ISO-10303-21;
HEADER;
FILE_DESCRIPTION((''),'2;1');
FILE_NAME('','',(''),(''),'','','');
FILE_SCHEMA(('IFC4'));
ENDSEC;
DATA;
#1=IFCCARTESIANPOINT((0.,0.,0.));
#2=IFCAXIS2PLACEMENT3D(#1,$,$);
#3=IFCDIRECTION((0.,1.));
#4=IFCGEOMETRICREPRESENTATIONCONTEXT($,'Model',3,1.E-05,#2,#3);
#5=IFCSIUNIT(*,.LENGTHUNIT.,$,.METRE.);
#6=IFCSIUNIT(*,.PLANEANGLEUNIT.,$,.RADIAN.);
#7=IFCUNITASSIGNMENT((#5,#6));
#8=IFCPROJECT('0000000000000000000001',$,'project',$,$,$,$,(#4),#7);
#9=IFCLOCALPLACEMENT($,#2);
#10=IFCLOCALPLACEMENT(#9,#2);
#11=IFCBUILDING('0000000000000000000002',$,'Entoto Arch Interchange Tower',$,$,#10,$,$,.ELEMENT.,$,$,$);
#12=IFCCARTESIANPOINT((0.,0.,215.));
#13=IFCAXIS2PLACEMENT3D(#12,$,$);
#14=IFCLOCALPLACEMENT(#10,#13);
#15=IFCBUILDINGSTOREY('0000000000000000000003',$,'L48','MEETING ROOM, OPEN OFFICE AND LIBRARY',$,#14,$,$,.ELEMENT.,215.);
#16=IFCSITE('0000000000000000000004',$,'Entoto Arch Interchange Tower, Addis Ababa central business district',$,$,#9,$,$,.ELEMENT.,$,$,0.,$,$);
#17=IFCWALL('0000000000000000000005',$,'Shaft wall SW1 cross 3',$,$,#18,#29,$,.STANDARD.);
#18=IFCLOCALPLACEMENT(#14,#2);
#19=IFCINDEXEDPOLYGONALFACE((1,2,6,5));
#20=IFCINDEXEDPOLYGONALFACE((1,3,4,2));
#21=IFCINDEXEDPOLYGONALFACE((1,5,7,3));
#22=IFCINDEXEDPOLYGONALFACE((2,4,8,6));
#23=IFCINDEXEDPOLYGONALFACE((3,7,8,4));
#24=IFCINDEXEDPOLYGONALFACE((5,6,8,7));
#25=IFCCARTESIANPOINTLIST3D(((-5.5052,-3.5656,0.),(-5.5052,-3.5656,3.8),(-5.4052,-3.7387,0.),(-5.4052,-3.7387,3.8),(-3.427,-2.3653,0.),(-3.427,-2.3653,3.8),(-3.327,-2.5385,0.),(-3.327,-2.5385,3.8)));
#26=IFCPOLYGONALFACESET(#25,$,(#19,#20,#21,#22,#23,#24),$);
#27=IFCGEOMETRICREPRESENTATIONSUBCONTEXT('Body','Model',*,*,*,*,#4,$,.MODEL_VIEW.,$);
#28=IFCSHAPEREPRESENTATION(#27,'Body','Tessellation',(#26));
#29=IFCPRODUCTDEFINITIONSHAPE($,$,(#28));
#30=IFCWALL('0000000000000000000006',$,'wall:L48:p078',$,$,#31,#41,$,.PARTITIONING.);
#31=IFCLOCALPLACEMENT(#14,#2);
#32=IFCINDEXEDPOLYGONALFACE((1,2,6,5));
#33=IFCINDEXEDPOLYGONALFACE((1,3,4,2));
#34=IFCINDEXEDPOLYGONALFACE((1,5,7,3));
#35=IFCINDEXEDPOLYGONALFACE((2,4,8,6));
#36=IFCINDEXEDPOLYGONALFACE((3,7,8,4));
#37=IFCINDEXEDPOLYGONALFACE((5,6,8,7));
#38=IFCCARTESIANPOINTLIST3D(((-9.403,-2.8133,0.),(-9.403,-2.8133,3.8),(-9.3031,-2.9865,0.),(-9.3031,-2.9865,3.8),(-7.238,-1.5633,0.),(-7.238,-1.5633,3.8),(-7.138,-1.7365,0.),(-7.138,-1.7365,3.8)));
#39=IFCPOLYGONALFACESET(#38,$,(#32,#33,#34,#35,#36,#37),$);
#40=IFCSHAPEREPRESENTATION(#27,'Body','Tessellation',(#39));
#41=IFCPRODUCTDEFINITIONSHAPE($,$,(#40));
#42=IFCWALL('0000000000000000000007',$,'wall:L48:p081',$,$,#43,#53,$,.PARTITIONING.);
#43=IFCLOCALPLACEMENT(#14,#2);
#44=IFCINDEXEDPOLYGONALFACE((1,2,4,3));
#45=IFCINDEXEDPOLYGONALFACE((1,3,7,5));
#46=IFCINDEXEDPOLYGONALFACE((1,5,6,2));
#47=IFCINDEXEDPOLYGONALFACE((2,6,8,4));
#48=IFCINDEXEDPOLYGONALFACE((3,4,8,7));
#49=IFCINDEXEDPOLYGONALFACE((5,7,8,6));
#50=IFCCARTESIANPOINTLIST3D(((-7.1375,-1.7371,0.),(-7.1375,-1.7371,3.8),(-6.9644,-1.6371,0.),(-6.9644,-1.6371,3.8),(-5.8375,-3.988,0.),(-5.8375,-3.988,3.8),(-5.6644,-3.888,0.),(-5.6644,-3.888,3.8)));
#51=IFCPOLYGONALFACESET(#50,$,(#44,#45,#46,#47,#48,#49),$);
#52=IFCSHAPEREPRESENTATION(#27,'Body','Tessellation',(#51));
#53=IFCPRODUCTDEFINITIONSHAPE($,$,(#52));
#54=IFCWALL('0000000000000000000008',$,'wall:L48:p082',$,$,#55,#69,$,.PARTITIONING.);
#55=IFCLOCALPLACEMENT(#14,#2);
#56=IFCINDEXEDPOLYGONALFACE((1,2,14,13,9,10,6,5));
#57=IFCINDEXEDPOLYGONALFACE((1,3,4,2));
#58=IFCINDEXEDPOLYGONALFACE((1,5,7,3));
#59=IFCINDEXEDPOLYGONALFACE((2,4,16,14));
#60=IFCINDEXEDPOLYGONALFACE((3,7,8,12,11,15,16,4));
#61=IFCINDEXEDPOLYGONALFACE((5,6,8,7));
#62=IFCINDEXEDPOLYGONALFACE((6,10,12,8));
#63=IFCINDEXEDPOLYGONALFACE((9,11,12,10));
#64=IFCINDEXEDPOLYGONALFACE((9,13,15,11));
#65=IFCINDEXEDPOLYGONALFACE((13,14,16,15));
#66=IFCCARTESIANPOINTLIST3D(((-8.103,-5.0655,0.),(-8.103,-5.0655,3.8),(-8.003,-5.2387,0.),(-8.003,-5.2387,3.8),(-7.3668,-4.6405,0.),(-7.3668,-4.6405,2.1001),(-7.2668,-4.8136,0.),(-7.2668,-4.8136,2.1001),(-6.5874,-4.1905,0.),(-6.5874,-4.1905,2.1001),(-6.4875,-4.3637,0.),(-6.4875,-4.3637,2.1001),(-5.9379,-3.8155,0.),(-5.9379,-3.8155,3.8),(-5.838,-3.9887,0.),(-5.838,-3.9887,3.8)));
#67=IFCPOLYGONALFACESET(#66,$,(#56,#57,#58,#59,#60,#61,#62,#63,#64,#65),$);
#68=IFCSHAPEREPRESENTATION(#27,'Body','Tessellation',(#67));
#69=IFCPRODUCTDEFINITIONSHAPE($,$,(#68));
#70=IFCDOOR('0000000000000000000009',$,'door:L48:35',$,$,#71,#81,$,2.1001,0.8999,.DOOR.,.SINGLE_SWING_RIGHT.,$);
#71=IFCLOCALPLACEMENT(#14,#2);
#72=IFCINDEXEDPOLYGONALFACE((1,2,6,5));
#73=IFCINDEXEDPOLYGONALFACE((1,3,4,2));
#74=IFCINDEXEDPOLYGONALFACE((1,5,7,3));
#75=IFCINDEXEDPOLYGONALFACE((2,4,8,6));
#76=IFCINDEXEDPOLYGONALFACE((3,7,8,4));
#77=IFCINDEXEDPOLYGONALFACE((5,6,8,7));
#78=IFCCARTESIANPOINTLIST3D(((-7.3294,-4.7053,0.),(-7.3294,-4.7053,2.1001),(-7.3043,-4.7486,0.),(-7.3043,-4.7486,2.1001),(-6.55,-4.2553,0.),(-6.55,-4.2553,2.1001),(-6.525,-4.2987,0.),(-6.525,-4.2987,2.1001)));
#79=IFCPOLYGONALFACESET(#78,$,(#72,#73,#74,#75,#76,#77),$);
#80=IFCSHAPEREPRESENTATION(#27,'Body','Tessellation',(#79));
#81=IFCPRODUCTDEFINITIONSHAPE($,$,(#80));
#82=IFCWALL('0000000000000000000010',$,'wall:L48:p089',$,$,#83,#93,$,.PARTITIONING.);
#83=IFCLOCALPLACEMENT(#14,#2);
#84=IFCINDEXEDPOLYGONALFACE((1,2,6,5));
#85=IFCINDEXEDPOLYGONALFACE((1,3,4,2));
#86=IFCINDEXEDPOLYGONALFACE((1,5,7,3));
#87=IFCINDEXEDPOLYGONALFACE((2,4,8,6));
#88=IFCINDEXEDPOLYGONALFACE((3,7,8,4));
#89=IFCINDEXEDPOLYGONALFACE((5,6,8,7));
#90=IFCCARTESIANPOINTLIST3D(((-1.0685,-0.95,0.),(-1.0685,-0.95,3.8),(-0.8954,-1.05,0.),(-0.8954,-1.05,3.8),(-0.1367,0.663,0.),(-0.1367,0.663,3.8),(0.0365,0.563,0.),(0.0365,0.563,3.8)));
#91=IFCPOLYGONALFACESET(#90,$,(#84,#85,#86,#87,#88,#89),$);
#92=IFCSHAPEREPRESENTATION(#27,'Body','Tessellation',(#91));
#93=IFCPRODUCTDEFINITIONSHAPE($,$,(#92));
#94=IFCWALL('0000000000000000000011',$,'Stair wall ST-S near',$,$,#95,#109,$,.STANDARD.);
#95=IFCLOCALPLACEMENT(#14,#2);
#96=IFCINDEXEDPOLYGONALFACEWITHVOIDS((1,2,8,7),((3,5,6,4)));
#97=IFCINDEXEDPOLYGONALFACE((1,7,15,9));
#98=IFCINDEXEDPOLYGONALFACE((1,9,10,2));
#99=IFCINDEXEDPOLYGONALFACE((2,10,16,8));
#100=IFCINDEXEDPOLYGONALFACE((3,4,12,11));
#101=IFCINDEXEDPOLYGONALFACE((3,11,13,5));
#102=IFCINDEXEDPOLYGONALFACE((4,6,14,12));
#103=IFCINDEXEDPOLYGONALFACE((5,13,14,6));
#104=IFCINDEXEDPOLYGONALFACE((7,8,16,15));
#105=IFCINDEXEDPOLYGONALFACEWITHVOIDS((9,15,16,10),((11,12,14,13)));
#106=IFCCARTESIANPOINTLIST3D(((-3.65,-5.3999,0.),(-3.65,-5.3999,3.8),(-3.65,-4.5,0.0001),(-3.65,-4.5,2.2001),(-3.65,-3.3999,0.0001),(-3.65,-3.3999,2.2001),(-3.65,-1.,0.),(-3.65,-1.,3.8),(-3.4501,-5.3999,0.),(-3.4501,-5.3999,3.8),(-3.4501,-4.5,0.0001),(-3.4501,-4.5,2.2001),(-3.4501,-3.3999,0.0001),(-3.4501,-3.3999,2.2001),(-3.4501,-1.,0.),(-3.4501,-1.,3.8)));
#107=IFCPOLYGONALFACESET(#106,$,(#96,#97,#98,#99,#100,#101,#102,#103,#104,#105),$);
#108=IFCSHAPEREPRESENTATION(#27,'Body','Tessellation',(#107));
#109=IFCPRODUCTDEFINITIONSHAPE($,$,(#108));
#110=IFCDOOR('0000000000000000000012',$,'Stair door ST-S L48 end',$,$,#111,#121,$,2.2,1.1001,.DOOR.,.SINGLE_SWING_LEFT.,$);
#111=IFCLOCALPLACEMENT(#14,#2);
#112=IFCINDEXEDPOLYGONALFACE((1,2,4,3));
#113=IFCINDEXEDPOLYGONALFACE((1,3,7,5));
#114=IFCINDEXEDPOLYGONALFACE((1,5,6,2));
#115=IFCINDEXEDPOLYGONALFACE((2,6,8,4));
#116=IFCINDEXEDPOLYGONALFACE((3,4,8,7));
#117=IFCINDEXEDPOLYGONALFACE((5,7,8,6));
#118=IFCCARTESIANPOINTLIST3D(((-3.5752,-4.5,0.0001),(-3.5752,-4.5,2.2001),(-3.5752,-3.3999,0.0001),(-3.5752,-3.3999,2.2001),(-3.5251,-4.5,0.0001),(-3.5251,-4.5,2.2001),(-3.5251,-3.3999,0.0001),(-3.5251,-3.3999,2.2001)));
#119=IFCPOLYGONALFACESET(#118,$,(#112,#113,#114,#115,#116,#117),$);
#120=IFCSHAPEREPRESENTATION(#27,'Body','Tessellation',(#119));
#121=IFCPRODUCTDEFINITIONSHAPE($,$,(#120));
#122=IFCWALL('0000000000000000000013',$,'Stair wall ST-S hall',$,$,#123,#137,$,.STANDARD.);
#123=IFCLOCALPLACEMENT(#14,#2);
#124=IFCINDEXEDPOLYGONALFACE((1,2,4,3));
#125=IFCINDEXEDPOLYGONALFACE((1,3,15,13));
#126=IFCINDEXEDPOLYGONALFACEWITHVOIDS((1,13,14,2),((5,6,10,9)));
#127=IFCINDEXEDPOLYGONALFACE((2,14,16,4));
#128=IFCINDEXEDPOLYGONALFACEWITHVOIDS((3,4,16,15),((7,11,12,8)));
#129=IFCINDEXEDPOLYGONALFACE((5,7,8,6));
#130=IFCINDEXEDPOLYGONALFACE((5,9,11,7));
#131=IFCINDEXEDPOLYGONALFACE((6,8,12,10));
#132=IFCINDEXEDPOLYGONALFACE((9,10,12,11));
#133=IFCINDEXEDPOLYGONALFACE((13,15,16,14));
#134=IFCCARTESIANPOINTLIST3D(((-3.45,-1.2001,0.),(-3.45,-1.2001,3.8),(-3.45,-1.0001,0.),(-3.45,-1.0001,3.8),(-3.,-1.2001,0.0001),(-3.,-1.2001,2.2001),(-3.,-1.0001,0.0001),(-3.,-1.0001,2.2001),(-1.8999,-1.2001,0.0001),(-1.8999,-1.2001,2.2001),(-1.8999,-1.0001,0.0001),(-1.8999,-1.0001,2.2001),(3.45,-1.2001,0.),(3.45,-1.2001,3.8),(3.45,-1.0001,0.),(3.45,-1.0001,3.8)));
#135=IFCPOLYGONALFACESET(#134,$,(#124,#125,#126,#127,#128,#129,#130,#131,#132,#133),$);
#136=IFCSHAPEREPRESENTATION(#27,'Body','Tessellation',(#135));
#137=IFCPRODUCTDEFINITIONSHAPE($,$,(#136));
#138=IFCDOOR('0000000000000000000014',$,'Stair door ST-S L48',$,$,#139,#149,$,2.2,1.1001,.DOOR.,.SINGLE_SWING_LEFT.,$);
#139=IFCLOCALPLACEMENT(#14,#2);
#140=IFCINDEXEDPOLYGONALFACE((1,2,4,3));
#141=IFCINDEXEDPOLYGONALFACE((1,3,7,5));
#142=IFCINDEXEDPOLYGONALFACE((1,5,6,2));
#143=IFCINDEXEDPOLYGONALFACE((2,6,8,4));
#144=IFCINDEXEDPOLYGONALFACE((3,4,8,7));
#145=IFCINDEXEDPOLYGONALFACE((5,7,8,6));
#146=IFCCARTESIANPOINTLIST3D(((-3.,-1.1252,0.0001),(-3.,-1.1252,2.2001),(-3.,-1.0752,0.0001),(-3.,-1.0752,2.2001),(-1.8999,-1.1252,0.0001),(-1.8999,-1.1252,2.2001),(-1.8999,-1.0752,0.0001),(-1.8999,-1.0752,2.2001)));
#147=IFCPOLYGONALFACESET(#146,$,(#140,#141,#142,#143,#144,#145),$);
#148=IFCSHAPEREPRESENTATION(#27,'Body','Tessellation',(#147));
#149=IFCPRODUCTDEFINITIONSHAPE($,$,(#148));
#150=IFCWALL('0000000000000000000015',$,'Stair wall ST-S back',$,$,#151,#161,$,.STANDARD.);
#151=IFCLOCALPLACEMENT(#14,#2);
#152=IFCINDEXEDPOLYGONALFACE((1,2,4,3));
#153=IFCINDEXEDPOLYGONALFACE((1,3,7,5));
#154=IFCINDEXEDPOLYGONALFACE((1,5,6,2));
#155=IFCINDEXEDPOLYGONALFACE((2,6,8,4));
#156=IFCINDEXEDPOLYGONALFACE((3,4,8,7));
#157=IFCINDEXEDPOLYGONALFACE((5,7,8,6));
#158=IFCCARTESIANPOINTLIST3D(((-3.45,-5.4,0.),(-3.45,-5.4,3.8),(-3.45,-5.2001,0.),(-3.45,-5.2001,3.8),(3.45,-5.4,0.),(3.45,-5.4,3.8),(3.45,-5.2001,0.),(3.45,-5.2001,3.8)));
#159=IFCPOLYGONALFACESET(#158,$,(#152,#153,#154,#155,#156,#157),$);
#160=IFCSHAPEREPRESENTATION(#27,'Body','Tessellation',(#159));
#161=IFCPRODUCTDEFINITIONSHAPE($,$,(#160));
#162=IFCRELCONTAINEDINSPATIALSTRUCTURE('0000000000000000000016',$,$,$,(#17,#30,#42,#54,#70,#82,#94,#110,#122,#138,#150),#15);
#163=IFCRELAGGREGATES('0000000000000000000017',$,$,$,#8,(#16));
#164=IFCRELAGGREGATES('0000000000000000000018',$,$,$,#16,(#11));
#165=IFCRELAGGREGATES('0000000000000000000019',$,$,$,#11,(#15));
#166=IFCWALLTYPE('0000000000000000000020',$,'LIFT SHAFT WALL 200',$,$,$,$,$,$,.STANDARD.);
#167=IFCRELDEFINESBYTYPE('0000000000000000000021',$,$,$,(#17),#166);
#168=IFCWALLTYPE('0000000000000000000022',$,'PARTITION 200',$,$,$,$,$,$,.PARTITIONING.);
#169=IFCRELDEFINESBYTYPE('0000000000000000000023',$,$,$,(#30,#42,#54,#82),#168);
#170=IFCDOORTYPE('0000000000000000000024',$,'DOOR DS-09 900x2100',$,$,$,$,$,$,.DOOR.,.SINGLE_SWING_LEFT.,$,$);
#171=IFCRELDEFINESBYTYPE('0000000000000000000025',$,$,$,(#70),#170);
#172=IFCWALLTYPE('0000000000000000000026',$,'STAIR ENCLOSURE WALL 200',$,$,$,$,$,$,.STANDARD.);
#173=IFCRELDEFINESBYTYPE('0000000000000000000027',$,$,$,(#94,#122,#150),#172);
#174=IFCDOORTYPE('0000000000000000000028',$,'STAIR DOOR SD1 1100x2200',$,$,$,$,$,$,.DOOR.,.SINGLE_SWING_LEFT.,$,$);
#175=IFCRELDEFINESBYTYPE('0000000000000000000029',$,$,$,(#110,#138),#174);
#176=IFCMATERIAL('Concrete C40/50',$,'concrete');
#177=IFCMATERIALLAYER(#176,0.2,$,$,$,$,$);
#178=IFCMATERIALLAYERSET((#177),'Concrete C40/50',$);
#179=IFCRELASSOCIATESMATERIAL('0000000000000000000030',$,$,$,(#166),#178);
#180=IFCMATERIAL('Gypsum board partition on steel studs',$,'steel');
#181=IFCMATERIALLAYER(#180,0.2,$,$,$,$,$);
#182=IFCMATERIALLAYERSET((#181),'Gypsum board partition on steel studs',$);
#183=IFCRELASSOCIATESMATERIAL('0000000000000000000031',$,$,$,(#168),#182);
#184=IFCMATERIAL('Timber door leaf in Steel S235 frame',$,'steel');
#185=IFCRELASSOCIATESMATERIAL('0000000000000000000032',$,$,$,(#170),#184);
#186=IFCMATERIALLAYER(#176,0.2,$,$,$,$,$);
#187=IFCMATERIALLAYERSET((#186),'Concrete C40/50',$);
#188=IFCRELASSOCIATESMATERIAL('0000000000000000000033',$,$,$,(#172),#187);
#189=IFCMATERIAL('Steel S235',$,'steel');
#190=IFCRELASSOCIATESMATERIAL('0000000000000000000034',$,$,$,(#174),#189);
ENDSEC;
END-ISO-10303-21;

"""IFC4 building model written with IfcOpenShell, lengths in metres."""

from ifc_helpers import new_model, si_unit, direction, frame, frame_2d, origin, place, context, subcontext, project, spatial, rectangle, extrude, material, layer, layer_set, type_object, element, fill, save


model = new_model("IFC4")

# Units and contexts
model_context = context("Model", 3, precision=1e-05, world=origin(), true_north=direction((0.0, 1.0)))
body_context = subcontext(model_context, "Body", "Model", "MODEL_VIEW")
ifc_project = project(units=[si_unit("LENGTHUNIT", "METRE"), si_unit("PLANEANGLEUNIT", "RADIAN")], contexts=[model_context])

# Site, building, storey
site_placement = place(None, origin())
site = spatial("IfcSite", under=ifc_project, at=site_placement, Name="Entoto Arch Interchange Tower, Addis Ababa central business district", CompositionType="ELEMENT", RefElevation=0.0)
building_placement = place(site_placement, origin())
building = spatial("IfcBuilding", under=site, at=building_placement, Name="Entoto Arch Interchange Tower", CompositionType="ELEMENT")
storey_placement = place(building_placement, frame((0.0, 0.0, 215.0)))
storey = spatial("IfcBuildingStorey", under=building, at=storey_placement, Name="L48", Description="MEETING ROOM, OPEN OFFICE AND LIBRARY", CompositionType="ELEMENT", Elevation=215.0)

# Shared definitions
ifc_material_1 = material(Name="Concrete C40/50", Category="concrete")

# Walls
ifc_layer_1 = layer(ifc_material_1, 0.2)
ifc_layer_set_1 = layer_set([ifc_layer_1], Name="Concrete C40/50")
wall_type_1 = type_object("IfcWallType", Name="LIFT SHAFT WALL 200", PredefinedType="STANDARD", material=ifc_layer_set_1)
wall_1_placement = place(storey_placement, frame((-3.377, -2.4519, 0.0), z_axis=(0.0, 0.0, 1.0), x_axis=(-0.865955, -0.500122, 0.0)))
element("IfcWall", 1, at=wall_1_placement, inside=storey, type_object=wall_type_1, Name="Shaft wall SW1 cross 3", PredefinedType="STANDARD", context=body_context, shape_type="SweptSolid", body=[
    extrude(rectangle(XDim=2.3999, YDim=0.2, at=frame_2d((1.2, 0.0))), origin(), (0.0, 0.0, 1.0), 3.8),
])
ifc_material_2 = material(Name="Gypsum board partition on steel studs", Category="steel")
ifc_layer_2 = layer(ifc_material_2, 0.2)
ifc_layer_set_2 = layer_set([ifc_layer_2], Name="Gypsum board partition on steel studs")
wall_type_2 = type_object("IfcWallType", Name="PARTITION 200", PredefinedType="PARTITIONING", material=ifc_layer_set_2)
wall_2_placement = place(storey_placement, frame((-7.188, -1.6499, 0.0), z_axis=(0.0, 0.0, 1.0), x_axis=(-0.866023, -0.500004, 0.0)))
element("IfcWall", 2, at=wall_2_placement, inside=storey, type_object=wall_type_2, Name="wall:L48:p078", PredefinedType="PARTITIONING", context=body_context, shape_type="SweptSolid", body=[
    extrude(rectangle(XDim=2.5, YDim=0.2, at=frame_2d((1.25, 0.0))), origin(), (0.0, 0.0, 1.0), 3.8),
])
wall_3_placement = place(storey_placement, frame((-7.051, -1.687, 0.0), z_axis=(0.0, 0.0, 1.0), x_axis=(0.500129, -0.865951, 0.0)))
element("IfcWall", 3, at=wall_3_placement, inside=storey, type_object=wall_type_2, Name="wall:L48:p081", PredefinedType="PARTITIONING", context=body_context, shape_type="SweptSolid", body=[
    extrude(rectangle(XDim=2.5994, YDim=0.2, at=frame_2d((1.2998, 0.0))), origin(), (0.0, 0.0, 1.0), 3.8),
])

# Wall, opening, door
wall_4_placement = place(storey_placement, frame((-5.8879, -3.9021, 0.0), z_axis=(0.0, 0.0, 1.0), x_axis=(-0.866023, -0.500004, 0.0)))
wall_4 = element("IfcWall", 4, at=wall_4_placement, inside=storey, type_object=wall_type_2, Name="wall:L48:p082", PredefinedType="PARTITIONING", context=body_context, shape_type="SweptSolid", body=[
    extrude(rectangle(XDim=2.5, YDim=0.2, at=frame_2d((1.25, 0.0))), origin(), (0.0, 0.0, 1.0), 3.8),
])
opening_1_placement = place(wall_4_placement, frame((0.75, 0.0, 0.0)))
opening_1 = element("IfcOpeningElement", 5, at=opening_1_placement, cuts=wall_4, PredefinedType="OPENING", context=body_context, shape_type="SweptSolid", body=[
    extrude(rectangle(XDim=0.8999, YDim=2.1001, at=frame_2d((0.45, 1.05))), frame((0.0, 0.1099, 0.0), z_axis=(0.0, -1.0, 0.0), x_axis=(1.0, 0.0, 0.0)), (0.0, 0.0, 1.0), 0.22),
])
ifc_material_3 = material(Name="Timber door leaf in Steel S235 frame", Category="steel")
door_type_1 = type_object("IfcDoorType", Name="DOOR DS-09 900x2100", OperationType="SINGLE_SWING_LEFT", PredefinedType="DOOR", material=ifc_material_3)
door_1_placement = place(opening_1_placement, origin())
door_1 = element("IfcDoor", 6, at=door_1_placement, inside=storey, type_object=door_type_1, Name="door:L48:35", OperationType="SINGLE_SWING_RIGHT", OverallHeight=2.1001, OverallWidth=0.8999, PredefinedType="DOOR", context=body_context, shape_type="SweptSolid", body=[
    extrude(rectangle(XDim=0.8999, YDim=2.1001, at=frame_2d((0.45, 1.05))), frame((0.0, 0.0249, 0.0), z_axis=(0.0, -1.0, 0.0), x_axis=(1.0, 0.0, 0.0)), (0.0, 0.0, 1.0), 0.05),
])
fill(opening_1, door_1)

# Wall
wall_5_placement = place(storey_placement, frame((-0.9819, -1.0, 0.0), z_axis=(0.0, 0.0, 1.0), x_axis=(0.50024, 0.865887, 0.0)))
element("IfcWall", 7, at=wall_5_placement, inside=storey, type_object=wall_type_2, Name="wall:L48:p089", PredefinedType="PARTITIONING", context=body_context, shape_type="SweptSolid", body=[
    extrude(rectangle(XDim=1.8628, YDim=0.2, at=frame_2d((0.9314, 0.0))), origin(), (0.0, 0.0, 1.0), 3.8),
])

# Walls, openings, doors
ifc_layer_3 = layer(ifc_material_1, 0.2)
ifc_layer_set_3 = layer_set([ifc_layer_3], Name="Concrete C40/50")
wall_type_3 = type_object("IfcWallType", Name="STAIR ENCLOSURE WALL 200", PredefinedType="STANDARD", material=ifc_layer_set_3)
wall_6_placement = place(storey_placement, frame((-3.55, -1.0, 0.0), z_axis=(0.0, 0.0, 1.0), x_axis=(0.0, -1.0, 0.0)))
wall_6 = element("IfcWall", 8, at=wall_6_placement, inside=storey, type_object=wall_type_3, Name="Stair wall ST-S near", PredefinedType="STANDARD", context=body_context, shape_type="SweptSolid", body=[
    extrude(rectangle(XDim=4.3999, YDim=0.2, at=frame_2d((2.2, 0.0))), origin(), (0.0, 0.0, 1.0), 3.8),
])
opening_2_placement = place(wall_6_placement, frame((2.3999, 0.0, 0.0)))
opening_2 = element("IfcOpeningElement", 9, at=opening_2_placement, cuts=wall_6, PredefinedType="OPENING", context=body_context, shape_type="SweptSolid", body=[
    extrude(rectangle(XDim=1.1001, YDim=2.2, at=frame_2d((0.55, 1.1001))), frame((0.0, 0.1099, 0.0), z_axis=(0.0, -1.0, 0.0), x_axis=(1.0, 0.0, 0.0)), (0.0, 0.0, 1.0), 0.22),
])
ifc_material_4 = material(Name="Steel S235", Category="steel")
door_type_2 = type_object("IfcDoorType", Name="STAIR DOOR SD1 1100x2200", OperationType="SINGLE_SWING_LEFT", PredefinedType="DOOR", material=ifc_material_4)
door_2_placement = place(opening_2_placement, origin())
door_2 = element("IfcDoor", 10, at=door_2_placement, inside=storey, type_object=door_type_2, Name="Stair door ST-S L48 end", OperationType="SINGLE_SWING_LEFT", OverallHeight=2.2, OverallWidth=1.1001, PredefinedType="DOOR", context=body_context, shape_type="SweptSolid", body=[
    extrude(rectangle(XDim=1.1001, YDim=2.2, at=frame_2d((0.55, 1.1001))), frame((0.0, 0.0249, 0.0), z_axis=(0.0, -1.0, 0.0), x_axis=(1.0, 0.0, 0.0)), (0.0, 0.0, 1.0), 0.05),
])
fill(opening_2, door_2)
wall_7_placement = place(storey_placement, frame((-3.45, -1.1001, 0.0), z_axis=(0.0, 0.0, 1.0), x_axis=(1.0, 0.0, 0.0)))
wall_7 = element("IfcWall", 11, at=wall_7_placement, inside=storey, type_object=wall_type_3, Name="Stair wall ST-S hall", PredefinedType="STANDARD", context=body_context, shape_type="SweptSolid", body=[
    extrude(rectangle(XDim=6.8999, YDim=0.2, at=frame_2d((3.45, 0.0))), origin(), (0.0, 0.0, 1.0), 3.8),
])
opening_3_placement = place(wall_7_placement, frame((0.45, 0.0, 0.0)))
opening_3 = element("IfcOpeningElement", 12, at=opening_3_placement, cuts=wall_7, PredefinedType="OPENING", context=body_context, shape_type="SweptSolid", body=[
    extrude(rectangle(XDim=1.1001, YDim=2.2, at=frame_2d((0.55, 1.1001))), frame((0.0, 0.1099, 0.0), z_axis=(0.0, -1.0, 0.0), x_axis=(1.0, 0.0, 0.0)), (0.0, 0.0, 1.0), 0.22),
])
door_3_placement = place(opening_3_placement, origin())
door_3 = element("IfcDoor", 13, at=door_3_placement, inside=storey, type_object=door_type_2, Name="Stair door ST-S L48", OperationType="SINGLE_SWING_LEFT", OverallHeight=2.2, OverallWidth=1.1001, PredefinedType="DOOR", context=body_context, shape_type="SweptSolid", body=[
    extrude(rectangle(XDim=1.1001, YDim=2.2, at=frame_2d((0.55, 1.1001))), frame((0.0, 0.0249, 0.0), z_axis=(0.0, -1.0, 0.0), x_axis=(1.0, 0.0, 0.0)), (0.0, 0.0, 1.0), 0.05),
])
fill(opening_3, door_3)

# Wall
wall_8_placement = place(storey_placement, frame((-3.45, -5.3, 0.0), z_axis=(0.0, 0.0, 1.0), x_axis=(1.0, 0.0, 0.0)))
element("IfcWall", 14, at=wall_8_placement, inside=storey, type_object=wall_type_3, Name="Stair wall ST-S back", PredefinedType="STANDARD", context=body_context, shape_type="SweptSolid", body=[
    extrude(rectangle(XDim=6.8999, YDim=0.2, at=frame_2d((3.45, 0.0))), origin(), (0.0, 0.0, 1.0), 3.8),
])

save(model, "model.ifc")
